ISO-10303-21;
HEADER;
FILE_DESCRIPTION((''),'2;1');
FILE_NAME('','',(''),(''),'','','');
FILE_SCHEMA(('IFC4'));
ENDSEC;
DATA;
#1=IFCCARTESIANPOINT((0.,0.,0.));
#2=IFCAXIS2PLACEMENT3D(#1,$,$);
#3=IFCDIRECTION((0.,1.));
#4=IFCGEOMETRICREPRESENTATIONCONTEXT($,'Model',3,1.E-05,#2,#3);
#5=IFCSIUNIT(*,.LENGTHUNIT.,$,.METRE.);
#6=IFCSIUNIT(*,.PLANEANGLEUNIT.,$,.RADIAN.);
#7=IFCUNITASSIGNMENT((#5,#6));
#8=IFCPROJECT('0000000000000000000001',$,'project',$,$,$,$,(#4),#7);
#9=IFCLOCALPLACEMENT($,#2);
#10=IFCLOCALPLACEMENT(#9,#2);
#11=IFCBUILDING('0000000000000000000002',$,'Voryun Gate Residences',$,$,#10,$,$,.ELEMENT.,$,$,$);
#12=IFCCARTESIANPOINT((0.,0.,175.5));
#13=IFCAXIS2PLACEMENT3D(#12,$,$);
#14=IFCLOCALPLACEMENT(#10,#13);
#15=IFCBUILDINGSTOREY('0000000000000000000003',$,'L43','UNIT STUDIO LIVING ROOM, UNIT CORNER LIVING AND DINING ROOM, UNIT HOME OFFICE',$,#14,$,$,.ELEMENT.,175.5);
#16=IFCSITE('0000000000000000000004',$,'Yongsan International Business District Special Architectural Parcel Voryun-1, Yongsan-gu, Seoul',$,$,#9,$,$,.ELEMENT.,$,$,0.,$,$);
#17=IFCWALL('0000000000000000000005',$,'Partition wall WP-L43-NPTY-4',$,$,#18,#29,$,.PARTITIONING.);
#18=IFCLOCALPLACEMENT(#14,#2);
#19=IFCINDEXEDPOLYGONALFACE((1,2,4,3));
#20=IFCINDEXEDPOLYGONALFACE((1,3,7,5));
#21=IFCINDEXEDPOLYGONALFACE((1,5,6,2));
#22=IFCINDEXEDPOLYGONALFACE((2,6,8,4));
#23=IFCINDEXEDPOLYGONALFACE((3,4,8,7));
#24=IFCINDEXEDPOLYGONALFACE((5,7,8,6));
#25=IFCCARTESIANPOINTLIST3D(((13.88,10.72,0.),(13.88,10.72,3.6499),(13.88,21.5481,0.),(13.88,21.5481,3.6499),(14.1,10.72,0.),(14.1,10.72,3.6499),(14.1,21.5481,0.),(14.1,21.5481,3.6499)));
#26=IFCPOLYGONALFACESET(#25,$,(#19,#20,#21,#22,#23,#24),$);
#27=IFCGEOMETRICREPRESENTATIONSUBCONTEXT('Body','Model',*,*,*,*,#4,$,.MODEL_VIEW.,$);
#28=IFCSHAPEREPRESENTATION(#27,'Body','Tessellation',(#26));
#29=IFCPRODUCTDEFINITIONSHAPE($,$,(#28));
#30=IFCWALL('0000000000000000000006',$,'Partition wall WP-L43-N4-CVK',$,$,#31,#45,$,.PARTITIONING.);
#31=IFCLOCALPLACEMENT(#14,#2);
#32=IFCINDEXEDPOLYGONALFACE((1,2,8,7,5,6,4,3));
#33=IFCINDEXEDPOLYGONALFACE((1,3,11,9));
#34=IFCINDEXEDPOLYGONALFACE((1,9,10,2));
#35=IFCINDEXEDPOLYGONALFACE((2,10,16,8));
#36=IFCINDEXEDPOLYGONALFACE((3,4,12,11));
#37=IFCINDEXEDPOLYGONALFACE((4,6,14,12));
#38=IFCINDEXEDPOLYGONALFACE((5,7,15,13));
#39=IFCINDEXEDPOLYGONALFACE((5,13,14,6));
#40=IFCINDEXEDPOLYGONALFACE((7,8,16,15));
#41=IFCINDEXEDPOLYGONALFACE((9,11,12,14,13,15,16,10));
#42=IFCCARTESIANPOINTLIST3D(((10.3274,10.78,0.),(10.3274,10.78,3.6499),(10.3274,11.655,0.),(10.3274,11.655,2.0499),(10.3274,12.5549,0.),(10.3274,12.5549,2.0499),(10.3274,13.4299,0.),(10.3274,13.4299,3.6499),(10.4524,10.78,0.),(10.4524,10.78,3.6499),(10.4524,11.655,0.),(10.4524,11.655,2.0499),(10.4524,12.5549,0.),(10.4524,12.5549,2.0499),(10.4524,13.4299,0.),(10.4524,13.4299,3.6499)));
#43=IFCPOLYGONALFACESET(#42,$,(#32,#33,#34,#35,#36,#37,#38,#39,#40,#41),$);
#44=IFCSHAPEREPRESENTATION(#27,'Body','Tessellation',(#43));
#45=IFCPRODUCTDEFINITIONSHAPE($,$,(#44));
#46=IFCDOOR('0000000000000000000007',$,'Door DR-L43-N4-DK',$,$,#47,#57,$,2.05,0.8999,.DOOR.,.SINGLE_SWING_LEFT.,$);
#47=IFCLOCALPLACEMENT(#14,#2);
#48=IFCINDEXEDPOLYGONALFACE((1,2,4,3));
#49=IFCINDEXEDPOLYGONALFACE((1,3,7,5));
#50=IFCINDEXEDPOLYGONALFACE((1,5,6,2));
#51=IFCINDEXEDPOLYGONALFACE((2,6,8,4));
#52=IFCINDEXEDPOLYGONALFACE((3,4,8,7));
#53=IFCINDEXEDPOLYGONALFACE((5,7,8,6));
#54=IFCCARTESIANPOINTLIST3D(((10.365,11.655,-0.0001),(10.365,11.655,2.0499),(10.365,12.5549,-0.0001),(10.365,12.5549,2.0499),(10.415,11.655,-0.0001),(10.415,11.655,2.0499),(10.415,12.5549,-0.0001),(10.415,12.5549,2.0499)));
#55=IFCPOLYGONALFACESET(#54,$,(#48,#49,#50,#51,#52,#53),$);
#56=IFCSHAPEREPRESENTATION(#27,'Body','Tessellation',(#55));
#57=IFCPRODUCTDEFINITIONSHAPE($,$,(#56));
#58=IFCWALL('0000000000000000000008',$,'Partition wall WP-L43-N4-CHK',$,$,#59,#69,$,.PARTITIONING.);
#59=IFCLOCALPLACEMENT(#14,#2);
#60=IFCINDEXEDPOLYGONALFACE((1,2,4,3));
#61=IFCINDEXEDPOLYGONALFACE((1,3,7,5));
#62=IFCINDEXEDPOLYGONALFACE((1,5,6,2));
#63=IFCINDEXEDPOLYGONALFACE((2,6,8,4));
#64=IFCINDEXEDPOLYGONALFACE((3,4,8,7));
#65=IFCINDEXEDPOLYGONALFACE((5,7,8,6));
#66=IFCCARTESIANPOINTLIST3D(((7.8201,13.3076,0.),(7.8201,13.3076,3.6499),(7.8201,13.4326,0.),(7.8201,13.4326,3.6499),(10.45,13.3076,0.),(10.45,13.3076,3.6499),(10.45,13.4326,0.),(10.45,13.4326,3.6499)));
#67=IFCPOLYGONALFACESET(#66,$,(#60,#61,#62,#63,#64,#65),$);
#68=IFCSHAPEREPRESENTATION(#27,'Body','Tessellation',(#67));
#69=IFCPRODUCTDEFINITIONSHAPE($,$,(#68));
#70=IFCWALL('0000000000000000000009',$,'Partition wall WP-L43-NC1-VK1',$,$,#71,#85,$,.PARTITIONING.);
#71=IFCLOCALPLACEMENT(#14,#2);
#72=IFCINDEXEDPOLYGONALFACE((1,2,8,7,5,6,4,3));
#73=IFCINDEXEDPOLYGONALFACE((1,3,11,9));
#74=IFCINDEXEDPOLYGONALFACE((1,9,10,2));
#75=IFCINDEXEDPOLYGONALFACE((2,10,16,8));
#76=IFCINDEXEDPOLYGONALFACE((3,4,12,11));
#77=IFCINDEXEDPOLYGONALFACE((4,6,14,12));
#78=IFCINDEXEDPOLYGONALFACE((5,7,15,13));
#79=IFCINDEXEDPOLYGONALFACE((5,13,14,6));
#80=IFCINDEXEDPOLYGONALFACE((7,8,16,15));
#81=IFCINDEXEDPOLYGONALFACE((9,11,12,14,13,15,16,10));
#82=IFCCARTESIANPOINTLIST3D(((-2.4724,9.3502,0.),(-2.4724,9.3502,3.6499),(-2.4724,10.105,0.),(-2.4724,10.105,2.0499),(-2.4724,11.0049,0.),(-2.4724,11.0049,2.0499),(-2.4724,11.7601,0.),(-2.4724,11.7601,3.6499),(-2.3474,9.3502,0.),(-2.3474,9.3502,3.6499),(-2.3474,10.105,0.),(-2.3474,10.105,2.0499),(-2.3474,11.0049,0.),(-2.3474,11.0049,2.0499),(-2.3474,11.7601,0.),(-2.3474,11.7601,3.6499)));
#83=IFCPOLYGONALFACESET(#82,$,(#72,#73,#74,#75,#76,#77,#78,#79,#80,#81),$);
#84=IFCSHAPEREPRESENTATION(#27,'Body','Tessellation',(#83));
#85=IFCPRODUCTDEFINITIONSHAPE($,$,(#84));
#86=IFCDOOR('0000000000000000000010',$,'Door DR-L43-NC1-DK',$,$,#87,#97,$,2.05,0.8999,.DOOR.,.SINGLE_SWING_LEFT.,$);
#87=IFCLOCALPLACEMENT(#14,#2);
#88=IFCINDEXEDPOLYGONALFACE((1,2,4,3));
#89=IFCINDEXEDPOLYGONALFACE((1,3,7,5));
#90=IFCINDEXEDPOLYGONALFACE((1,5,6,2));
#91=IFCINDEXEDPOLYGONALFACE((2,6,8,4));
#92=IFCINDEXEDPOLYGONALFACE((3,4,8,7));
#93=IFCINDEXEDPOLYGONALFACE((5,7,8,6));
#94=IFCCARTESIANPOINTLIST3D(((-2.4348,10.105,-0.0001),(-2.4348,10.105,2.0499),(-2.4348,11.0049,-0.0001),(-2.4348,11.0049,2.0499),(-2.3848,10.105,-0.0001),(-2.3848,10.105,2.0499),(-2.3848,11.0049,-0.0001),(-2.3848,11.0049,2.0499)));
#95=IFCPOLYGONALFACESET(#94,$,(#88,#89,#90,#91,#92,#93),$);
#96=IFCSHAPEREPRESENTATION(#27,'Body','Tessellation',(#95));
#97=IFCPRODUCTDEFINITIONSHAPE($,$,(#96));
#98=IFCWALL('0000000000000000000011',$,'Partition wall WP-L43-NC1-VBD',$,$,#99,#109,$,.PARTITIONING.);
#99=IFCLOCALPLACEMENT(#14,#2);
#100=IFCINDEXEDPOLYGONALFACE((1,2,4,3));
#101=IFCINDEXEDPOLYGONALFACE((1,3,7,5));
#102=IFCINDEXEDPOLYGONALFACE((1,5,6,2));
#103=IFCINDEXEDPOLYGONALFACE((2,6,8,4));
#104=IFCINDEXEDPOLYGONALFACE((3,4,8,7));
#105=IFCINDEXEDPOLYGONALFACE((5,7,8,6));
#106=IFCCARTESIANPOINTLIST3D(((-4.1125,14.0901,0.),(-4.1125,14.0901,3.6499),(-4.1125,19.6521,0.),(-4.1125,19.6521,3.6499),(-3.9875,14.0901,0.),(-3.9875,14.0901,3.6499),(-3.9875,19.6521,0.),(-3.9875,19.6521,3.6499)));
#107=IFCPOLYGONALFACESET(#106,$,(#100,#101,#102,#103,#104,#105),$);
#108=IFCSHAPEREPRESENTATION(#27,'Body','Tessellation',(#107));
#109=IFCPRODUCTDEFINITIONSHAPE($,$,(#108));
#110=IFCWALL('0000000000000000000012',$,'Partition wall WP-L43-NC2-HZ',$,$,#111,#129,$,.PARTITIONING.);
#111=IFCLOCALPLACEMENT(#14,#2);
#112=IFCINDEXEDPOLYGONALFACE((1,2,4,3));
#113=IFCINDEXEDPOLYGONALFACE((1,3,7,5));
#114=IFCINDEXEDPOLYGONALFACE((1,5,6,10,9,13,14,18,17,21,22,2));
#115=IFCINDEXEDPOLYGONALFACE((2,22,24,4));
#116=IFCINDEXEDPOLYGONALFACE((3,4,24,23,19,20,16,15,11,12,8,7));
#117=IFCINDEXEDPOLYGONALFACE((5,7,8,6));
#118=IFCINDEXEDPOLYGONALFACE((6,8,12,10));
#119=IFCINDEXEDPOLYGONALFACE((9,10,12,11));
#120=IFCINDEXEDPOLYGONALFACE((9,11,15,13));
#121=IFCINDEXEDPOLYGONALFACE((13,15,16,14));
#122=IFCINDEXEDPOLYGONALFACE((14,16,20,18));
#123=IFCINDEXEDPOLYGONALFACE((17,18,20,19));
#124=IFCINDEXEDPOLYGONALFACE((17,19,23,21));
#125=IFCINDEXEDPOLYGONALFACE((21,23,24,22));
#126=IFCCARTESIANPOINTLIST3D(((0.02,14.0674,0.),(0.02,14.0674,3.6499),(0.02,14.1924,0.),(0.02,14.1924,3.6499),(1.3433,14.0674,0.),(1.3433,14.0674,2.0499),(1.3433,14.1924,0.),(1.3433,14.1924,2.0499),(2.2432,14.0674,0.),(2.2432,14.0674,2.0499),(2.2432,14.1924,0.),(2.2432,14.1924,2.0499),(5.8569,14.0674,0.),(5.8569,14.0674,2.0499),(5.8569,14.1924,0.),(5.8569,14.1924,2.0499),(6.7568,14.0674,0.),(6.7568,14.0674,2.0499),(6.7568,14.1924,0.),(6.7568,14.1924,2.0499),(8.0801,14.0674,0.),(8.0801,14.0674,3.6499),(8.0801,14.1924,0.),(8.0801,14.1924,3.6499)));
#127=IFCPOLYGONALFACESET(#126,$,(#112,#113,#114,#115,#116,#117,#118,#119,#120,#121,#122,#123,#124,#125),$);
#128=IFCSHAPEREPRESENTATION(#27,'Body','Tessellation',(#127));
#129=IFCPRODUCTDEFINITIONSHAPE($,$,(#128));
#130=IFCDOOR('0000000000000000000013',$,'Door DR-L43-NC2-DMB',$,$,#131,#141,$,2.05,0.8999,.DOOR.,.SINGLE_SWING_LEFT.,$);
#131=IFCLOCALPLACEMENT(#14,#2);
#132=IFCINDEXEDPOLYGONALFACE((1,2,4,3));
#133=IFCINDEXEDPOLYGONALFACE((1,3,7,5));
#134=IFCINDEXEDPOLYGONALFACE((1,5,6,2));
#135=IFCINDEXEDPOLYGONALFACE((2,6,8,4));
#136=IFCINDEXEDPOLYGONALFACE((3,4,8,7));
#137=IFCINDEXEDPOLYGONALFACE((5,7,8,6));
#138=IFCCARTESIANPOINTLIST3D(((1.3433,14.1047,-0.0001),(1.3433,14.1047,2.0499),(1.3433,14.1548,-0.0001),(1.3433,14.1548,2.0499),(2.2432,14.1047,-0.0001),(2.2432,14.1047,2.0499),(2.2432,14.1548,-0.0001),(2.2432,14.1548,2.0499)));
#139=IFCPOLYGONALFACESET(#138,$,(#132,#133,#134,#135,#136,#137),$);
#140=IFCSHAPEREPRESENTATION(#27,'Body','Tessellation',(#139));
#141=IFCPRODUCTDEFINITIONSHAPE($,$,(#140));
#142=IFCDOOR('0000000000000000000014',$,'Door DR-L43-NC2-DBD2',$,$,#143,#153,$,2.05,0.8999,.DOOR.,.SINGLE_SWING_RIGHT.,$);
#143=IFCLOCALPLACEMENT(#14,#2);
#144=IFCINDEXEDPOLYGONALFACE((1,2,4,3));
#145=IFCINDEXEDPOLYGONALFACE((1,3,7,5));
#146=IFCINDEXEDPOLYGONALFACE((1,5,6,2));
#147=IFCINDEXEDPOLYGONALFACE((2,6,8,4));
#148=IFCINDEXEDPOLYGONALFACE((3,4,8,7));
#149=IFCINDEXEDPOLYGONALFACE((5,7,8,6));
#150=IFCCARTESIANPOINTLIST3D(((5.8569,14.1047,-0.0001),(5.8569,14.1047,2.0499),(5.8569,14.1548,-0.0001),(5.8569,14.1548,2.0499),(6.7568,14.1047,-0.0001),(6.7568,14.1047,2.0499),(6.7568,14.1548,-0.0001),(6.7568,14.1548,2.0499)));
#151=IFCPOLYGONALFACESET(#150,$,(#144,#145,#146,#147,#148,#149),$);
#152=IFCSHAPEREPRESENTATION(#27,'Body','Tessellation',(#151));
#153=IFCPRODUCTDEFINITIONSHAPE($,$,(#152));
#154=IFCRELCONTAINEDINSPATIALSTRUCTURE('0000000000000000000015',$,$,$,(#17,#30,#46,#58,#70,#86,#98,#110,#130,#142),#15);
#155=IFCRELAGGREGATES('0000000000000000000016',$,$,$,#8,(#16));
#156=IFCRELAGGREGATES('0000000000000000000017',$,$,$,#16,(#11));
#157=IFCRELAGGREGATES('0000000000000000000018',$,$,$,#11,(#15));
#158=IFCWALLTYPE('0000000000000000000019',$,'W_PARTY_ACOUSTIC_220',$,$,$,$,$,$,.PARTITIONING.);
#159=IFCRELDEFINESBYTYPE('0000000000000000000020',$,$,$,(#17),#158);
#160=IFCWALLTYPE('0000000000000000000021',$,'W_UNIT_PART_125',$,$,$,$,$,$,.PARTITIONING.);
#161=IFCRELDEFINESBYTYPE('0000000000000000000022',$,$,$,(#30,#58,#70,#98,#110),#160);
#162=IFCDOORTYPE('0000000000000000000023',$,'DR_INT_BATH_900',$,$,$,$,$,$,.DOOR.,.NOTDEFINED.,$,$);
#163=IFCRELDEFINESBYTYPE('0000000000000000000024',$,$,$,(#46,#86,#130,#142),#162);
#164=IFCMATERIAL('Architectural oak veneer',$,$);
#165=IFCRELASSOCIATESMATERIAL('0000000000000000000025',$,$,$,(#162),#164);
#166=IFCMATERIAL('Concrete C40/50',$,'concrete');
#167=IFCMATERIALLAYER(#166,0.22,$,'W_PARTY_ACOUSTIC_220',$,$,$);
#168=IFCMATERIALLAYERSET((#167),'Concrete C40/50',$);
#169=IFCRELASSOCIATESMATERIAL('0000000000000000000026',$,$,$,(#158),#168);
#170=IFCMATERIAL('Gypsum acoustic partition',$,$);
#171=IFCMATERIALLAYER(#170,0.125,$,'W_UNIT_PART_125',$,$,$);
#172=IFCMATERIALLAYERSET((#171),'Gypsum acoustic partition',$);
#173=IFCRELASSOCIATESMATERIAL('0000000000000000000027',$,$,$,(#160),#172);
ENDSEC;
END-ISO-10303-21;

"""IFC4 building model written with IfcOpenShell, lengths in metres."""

from ifc_helpers import new_model, si_unit, direction, frame, frame_2d, origin, place, context, subcontext, project, spatial, rectangle, extrude, material, layer, layer_set, type_object, element, fill, save


model = new_model("IFC4")

# Units and contexts
model_context = context("Model", 3, precision=1e-05, world=origin(), true_north=direction((0.0, 1.0)))
body_context = subcontext(model_context, "Body", "Model", "MODEL_VIEW")
ifc_project = project(units=[si_unit("LENGTHUNIT", "METRE"), si_unit("PLANEANGLEUNIT", "RADIAN")], contexts=[model_context])

# Site, building, storey
site_placement = place(None, origin())
site = spatial("IfcSite", under=ifc_project, at=site_placement, Name="Yongsan International Business District Special Architectural Parcel Voryun-1, Yongsan-gu, Seoul", CompositionType="ELEMENT", RefElevation=0.0)
building_placement = place(site_placement, origin())
building = spatial("IfcBuilding", under=site, at=building_placement, Name="Voryun Gate Residences", CompositionType="ELEMENT")
storey_placement = place(building_placement, frame((0.0, 0.0, 175.5)))
storey = spatial("IfcBuildingStorey", under=building, at=storey_placement, Name="L43", Description="UNIT STUDIO LIVING ROOM, UNIT CORNER LIVING AND DINING ROOM, UNIT HOME OFFICE", CompositionType="ELEMENT", Elevation=175.5)

# Shared definitions
ifc_material_1 = material(Name="Architectural oak veneer")
door_type_1 = type_object("IfcDoorType", Name="DR_INT_BATH_900", OperationType="NOTDEFINED", PredefinedType="DOOR", material=ifc_material_1)

# Wall
ifc_material_2 = material(Name="Concrete C40/50", Category="concrete")
ifc_layer_1 = layer(ifc_material_2, 0.22, Name="W_PARTY_ACOUSTIC_220")
ifc_layer_set_1 = layer_set([ifc_layer_1], Name="Concrete C40/50")
wall_type_1 = type_object("IfcWallType", Name="W_PARTY_ACOUSTIC_220", PredefinedType="PARTITIONING", material=ifc_layer_set_1)
wall_1_placement = place(storey_placement, frame((13.99, 10.72, 0.0), z_axis=(0.0, 0.0, 1.0), x_axis=(0.0, 1.0, 0.0)))
element("IfcWall", 1, at=wall_1_placement, inside=storey, type_object=wall_type_1, Name="Partition wall WP-L43-NPTY-4", PredefinedType="PARTITIONING", context=body_context, shape_type="SweptSolid", body=[
    extrude(rectangle(XDim=10.8281, YDim=0.22, at=frame_2d((5.4141, 0.0))), origin(), (0.0, 0.0, 1.0), 3.6499),
])

# Wall, opening, door
ifc_material_3 = material(Name="Gypsum acoustic partition")
ifc_layer_2 = layer(ifc_material_3, 0.125, Name="W_UNIT_PART_125")
ifc_layer_set_2 = layer_set([ifc_layer_2], Name="Gypsum acoustic partition")
wall_type_2 = type_object("IfcWallType", Name="W_UNIT_PART_125", PredefinedType="PARTITIONING", material=ifc_layer_set_2)
wall_2_placement = place(storey_placement, frame((10.3899, 10.78, 0.0), z_axis=(0.0, 0.0, 1.0), x_axis=(0.0, 1.0, 0.0)))
wall_2 = element("IfcWall", 2, at=wall_2_placement, inside=storey, type_object=wall_type_2, Name="Partition wall WP-L43-N4-CVK", PredefinedType="PARTITIONING", context=body_context, shape_type="SweptSolid", body=[
    extrude(rectangle(XDim=2.6499, YDim=0.125, at=frame_2d((1.325, 0.0))), origin(), (0.0, 0.0, 1.0), 3.6499),
])
opening_1_placement = place(wall_2_placement, frame((0.875, 0.0, 0.0)))
opening_1 = element("IfcOpeningElement", 3, at=opening_1_placement, cuts=wall_2, PredefinedType="OPENING", context=body_context, shape_type="SweptSolid", body=[
    extrude(rectangle(XDim=0.8999, YDim=2.05, at=frame_2d((0.45, 1.0249))), frame((0.0, 0.0725, 0.0), z_axis=(0.0, -1.0, 0.0), x_axis=(1.0, 0.0, 0.0)), (0.0, 0.0, 1.0), 0.145),
])
door_1_placement = place(opening_1_placement, origin())
door_1 = element("IfcDoor", 4, at=door_1_placement, inside=storey, type_object=door_type_1, Name="Door DR-L43-N4-DK", OperationType="SINGLE_SWING_LEFT", OverallHeight=2.05, OverallWidth=0.8999, PredefinedType="DOOR", context=body_context, shape_type="SweptSolid", body=[
    extrude(rectangle(XDim=0.8999, YDim=2.05, at=frame_2d((0.45, 1.0249))), frame((0.0, 0.0249, 0.0), z_axis=(0.0, -1.0, 0.0), x_axis=(1.0, 0.0, 0.0)), (0.0, 0.0, 1.0), 0.05),
])
fill(opening_1, door_1)

# Wall
wall_3_placement = place(storey_placement, frame((7.8201, 13.3701, 0.0), z_axis=(0.0, 0.0, 1.0), x_axis=(1.0, 0.0, 0.0)))
element("IfcWall", 5, at=wall_3_placement, inside=storey, type_object=wall_type_2, Name="Partition wall WP-L43-N4-CHK", PredefinedType="PARTITIONING", context=body_context, shape_type="SweptSolid", body=[
    extrude(rectangle(XDim=2.6299, YDim=0.125, at=frame_2d((1.3149, 0.0))), origin(), (0.0, 0.0, 1.0), 3.6499),
])

# Wall, opening, door
wall_4_placement = place(storey_placement, frame((-2.4099, 9.3501, 0.0), z_axis=(0.0, 0.0, 1.0), x_axis=(0.0, 1.0, 0.0)))
wall_4 = element("IfcWall", 6, at=wall_4_placement, inside=storey, type_object=wall_type_2, Name="Partition wall WP-L43-NC1-VK1", PredefinedType="PARTITIONING", context=body_context, shape_type="SweptSolid", body=[
    extrude(rectangle(XDim=2.4099, YDim=0.125, at=frame_2d((1.2051, 0.0))), origin(), (0.0, 0.0, 1.0), 3.6499),
])
opening_2_placement = place(wall_4_placement, frame((0.7549, 0.0, 0.0)))
opening_2 = element("IfcOpeningElement", 7, at=opening_2_placement, cuts=wall_4, PredefinedType="OPENING", context=body_context, shape_type="SweptSolid", body=[
    extrude(rectangle(XDim=0.8999, YDim=2.05, at=frame_2d((0.45, 1.0249))), frame((0.0, 0.0725, 0.0), z_axis=(0.0, -1.0, 0.0), x_axis=(1.0, 0.0, 0.0)), (0.0, 0.0, 1.0), 0.145),
])
door_2_placement = place(opening_2_placement, origin())
door_2 = element("IfcDoor", 8, at=door_2_placement, inside=storey, type_object=door_type_1, Name="Door DR-L43-NC1-DK", OperationType="SINGLE_SWING_LEFT", OverallHeight=2.05, OverallWidth=0.8999, PredefinedType="DOOR", context=body_context, shape_type="SweptSolid", body=[
    extrude(rectangle(XDim=0.8999, YDim=2.05, at=frame_2d((0.45, 1.0249))), frame((0.0, 0.0249, 0.0), z_axis=(0.0, -1.0, 0.0), x_axis=(1.0, 0.0, 0.0)), (0.0, 0.0, 1.0), 0.05),
])
fill(opening_2, door_2)

# Wall
wall_5_placement = place(storey_placement, frame((-4.05, 14.0901, 0.0), z_axis=(0.0, 0.0, 1.0), x_axis=(0.0, 1.0, 0.0)))
element("IfcWall", 9, at=wall_5_placement, inside=storey, type_object=wall_type_2, Name="Partition wall WP-L43-NC1-VBD", PredefinedType="PARTITIONING", context=body_context, shape_type="SweptSolid", body=[
    extrude(rectangle(XDim=5.562, YDim=0.125, at=frame_2d((2.781, 0.0))), origin(), (0.0, 0.0, 1.0), 3.6499),
])

# Wall, openings, doors
wall_6_placement = place(storey_placement, frame((0.02, 14.1299, 0.0), z_axis=(0.0, 0.0, 1.0), x_axis=(1.0, 0.0, 0.0)))
wall_6 = element("IfcWall", 10, at=wall_6_placement, inside=storey, type_object=wall_type_2, Name="Partition wall WP-L43-NC2-HZ", PredefinedType="PARTITIONING", context=body_context, shape_type="SweptSolid", body=[
    extrude(rectangle(XDim=8.0601, YDim=0.125, at=frame_2d((4.03, 0.0))), origin(), (0.0, 0.0, 1.0), 3.6499),
])
opening_3_placement = place(wall_6_placement, frame((1.3232, 0.0, 0.0)))
opening_3 = element("IfcOpeningElement", 11, at=opening_3_placement, cuts=wall_6, PredefinedType="OPENING", context=body_context, shape_type="SweptSolid", body=[
    extrude(rectangle(XDim=0.8999, YDim=2.05, at=frame_2d((0.45, 1.0249))), frame((0.0, 0.0725, 0.0), z_axis=(0.0, -1.0, 0.0), x_axis=(1.0, 0.0, 0.0)), (0.0, 0.0, 1.0), 0.145),
])
opening_4_placement = place(wall_6_placement, frame((5.8369, 0.0, 0.0)))
opening_4 = element("IfcOpeningElement", 12, at=opening_4_placement, cuts=wall_6, PredefinedType="OPENING", context=body_context, shape_type="SweptSolid", body=[
    extrude(rectangle(XDim=0.8999, YDim=2.05, at=frame_2d((0.45, 1.0249))), frame((0.0, 0.0725, 0.0), z_axis=(0.0, -1.0, 0.0), x_axis=(1.0, 0.0, 0.0)), (0.0, 0.0, 1.0), 0.145),
])
door_3_placement = place(opening_3_placement, origin())
door_3 = element("IfcDoor", 13, at=door_3_placement, inside=storey, type_object=door_type_1, Name="Door DR-L43-NC2-DMB", OperationType="SINGLE_SWING_LEFT", OverallHeight=2.05, OverallWidth=0.8999, PredefinedType="DOOR", context=body_context, shape_type="SweptSolid", body=[
    extrude(rectangle(XDim=0.8999, YDim=2.05, at=frame_2d((0.45, 1.0249))), frame((0.0, 0.0249, 0.0), z_axis=(0.0, -1.0, 0.0), x_axis=(1.0, 0.0, 0.0)), (0.0, 0.0, 1.0), 0.05),
])
fill(opening_3, door_3)
door_4_placement = place(opening_4_placement, origin())
door_4 = element("IfcDoor", 14, at=door_4_placement, inside=storey, type_object=door_type_1, Name="Door DR-L43-NC2-DBD2", OperationType="SINGLE_SWING_RIGHT", OverallHeight=2.05, OverallWidth=0.8999, PredefinedType="DOOR", context=body_context, shape_type="SweptSolid", body=[
    extrude(rectangle(XDim=0.8999, YDim=2.05, at=frame_2d((0.45, 1.0249))), frame((0.0, 0.0249, 0.0), z_axis=(0.0, -1.0, 0.0), x_axis=(1.0, 0.0, 0.0)), (0.0, 0.0, 1.0), 0.05),
])
fill(opening_4, door_4)

save(model, "model.ifc")
